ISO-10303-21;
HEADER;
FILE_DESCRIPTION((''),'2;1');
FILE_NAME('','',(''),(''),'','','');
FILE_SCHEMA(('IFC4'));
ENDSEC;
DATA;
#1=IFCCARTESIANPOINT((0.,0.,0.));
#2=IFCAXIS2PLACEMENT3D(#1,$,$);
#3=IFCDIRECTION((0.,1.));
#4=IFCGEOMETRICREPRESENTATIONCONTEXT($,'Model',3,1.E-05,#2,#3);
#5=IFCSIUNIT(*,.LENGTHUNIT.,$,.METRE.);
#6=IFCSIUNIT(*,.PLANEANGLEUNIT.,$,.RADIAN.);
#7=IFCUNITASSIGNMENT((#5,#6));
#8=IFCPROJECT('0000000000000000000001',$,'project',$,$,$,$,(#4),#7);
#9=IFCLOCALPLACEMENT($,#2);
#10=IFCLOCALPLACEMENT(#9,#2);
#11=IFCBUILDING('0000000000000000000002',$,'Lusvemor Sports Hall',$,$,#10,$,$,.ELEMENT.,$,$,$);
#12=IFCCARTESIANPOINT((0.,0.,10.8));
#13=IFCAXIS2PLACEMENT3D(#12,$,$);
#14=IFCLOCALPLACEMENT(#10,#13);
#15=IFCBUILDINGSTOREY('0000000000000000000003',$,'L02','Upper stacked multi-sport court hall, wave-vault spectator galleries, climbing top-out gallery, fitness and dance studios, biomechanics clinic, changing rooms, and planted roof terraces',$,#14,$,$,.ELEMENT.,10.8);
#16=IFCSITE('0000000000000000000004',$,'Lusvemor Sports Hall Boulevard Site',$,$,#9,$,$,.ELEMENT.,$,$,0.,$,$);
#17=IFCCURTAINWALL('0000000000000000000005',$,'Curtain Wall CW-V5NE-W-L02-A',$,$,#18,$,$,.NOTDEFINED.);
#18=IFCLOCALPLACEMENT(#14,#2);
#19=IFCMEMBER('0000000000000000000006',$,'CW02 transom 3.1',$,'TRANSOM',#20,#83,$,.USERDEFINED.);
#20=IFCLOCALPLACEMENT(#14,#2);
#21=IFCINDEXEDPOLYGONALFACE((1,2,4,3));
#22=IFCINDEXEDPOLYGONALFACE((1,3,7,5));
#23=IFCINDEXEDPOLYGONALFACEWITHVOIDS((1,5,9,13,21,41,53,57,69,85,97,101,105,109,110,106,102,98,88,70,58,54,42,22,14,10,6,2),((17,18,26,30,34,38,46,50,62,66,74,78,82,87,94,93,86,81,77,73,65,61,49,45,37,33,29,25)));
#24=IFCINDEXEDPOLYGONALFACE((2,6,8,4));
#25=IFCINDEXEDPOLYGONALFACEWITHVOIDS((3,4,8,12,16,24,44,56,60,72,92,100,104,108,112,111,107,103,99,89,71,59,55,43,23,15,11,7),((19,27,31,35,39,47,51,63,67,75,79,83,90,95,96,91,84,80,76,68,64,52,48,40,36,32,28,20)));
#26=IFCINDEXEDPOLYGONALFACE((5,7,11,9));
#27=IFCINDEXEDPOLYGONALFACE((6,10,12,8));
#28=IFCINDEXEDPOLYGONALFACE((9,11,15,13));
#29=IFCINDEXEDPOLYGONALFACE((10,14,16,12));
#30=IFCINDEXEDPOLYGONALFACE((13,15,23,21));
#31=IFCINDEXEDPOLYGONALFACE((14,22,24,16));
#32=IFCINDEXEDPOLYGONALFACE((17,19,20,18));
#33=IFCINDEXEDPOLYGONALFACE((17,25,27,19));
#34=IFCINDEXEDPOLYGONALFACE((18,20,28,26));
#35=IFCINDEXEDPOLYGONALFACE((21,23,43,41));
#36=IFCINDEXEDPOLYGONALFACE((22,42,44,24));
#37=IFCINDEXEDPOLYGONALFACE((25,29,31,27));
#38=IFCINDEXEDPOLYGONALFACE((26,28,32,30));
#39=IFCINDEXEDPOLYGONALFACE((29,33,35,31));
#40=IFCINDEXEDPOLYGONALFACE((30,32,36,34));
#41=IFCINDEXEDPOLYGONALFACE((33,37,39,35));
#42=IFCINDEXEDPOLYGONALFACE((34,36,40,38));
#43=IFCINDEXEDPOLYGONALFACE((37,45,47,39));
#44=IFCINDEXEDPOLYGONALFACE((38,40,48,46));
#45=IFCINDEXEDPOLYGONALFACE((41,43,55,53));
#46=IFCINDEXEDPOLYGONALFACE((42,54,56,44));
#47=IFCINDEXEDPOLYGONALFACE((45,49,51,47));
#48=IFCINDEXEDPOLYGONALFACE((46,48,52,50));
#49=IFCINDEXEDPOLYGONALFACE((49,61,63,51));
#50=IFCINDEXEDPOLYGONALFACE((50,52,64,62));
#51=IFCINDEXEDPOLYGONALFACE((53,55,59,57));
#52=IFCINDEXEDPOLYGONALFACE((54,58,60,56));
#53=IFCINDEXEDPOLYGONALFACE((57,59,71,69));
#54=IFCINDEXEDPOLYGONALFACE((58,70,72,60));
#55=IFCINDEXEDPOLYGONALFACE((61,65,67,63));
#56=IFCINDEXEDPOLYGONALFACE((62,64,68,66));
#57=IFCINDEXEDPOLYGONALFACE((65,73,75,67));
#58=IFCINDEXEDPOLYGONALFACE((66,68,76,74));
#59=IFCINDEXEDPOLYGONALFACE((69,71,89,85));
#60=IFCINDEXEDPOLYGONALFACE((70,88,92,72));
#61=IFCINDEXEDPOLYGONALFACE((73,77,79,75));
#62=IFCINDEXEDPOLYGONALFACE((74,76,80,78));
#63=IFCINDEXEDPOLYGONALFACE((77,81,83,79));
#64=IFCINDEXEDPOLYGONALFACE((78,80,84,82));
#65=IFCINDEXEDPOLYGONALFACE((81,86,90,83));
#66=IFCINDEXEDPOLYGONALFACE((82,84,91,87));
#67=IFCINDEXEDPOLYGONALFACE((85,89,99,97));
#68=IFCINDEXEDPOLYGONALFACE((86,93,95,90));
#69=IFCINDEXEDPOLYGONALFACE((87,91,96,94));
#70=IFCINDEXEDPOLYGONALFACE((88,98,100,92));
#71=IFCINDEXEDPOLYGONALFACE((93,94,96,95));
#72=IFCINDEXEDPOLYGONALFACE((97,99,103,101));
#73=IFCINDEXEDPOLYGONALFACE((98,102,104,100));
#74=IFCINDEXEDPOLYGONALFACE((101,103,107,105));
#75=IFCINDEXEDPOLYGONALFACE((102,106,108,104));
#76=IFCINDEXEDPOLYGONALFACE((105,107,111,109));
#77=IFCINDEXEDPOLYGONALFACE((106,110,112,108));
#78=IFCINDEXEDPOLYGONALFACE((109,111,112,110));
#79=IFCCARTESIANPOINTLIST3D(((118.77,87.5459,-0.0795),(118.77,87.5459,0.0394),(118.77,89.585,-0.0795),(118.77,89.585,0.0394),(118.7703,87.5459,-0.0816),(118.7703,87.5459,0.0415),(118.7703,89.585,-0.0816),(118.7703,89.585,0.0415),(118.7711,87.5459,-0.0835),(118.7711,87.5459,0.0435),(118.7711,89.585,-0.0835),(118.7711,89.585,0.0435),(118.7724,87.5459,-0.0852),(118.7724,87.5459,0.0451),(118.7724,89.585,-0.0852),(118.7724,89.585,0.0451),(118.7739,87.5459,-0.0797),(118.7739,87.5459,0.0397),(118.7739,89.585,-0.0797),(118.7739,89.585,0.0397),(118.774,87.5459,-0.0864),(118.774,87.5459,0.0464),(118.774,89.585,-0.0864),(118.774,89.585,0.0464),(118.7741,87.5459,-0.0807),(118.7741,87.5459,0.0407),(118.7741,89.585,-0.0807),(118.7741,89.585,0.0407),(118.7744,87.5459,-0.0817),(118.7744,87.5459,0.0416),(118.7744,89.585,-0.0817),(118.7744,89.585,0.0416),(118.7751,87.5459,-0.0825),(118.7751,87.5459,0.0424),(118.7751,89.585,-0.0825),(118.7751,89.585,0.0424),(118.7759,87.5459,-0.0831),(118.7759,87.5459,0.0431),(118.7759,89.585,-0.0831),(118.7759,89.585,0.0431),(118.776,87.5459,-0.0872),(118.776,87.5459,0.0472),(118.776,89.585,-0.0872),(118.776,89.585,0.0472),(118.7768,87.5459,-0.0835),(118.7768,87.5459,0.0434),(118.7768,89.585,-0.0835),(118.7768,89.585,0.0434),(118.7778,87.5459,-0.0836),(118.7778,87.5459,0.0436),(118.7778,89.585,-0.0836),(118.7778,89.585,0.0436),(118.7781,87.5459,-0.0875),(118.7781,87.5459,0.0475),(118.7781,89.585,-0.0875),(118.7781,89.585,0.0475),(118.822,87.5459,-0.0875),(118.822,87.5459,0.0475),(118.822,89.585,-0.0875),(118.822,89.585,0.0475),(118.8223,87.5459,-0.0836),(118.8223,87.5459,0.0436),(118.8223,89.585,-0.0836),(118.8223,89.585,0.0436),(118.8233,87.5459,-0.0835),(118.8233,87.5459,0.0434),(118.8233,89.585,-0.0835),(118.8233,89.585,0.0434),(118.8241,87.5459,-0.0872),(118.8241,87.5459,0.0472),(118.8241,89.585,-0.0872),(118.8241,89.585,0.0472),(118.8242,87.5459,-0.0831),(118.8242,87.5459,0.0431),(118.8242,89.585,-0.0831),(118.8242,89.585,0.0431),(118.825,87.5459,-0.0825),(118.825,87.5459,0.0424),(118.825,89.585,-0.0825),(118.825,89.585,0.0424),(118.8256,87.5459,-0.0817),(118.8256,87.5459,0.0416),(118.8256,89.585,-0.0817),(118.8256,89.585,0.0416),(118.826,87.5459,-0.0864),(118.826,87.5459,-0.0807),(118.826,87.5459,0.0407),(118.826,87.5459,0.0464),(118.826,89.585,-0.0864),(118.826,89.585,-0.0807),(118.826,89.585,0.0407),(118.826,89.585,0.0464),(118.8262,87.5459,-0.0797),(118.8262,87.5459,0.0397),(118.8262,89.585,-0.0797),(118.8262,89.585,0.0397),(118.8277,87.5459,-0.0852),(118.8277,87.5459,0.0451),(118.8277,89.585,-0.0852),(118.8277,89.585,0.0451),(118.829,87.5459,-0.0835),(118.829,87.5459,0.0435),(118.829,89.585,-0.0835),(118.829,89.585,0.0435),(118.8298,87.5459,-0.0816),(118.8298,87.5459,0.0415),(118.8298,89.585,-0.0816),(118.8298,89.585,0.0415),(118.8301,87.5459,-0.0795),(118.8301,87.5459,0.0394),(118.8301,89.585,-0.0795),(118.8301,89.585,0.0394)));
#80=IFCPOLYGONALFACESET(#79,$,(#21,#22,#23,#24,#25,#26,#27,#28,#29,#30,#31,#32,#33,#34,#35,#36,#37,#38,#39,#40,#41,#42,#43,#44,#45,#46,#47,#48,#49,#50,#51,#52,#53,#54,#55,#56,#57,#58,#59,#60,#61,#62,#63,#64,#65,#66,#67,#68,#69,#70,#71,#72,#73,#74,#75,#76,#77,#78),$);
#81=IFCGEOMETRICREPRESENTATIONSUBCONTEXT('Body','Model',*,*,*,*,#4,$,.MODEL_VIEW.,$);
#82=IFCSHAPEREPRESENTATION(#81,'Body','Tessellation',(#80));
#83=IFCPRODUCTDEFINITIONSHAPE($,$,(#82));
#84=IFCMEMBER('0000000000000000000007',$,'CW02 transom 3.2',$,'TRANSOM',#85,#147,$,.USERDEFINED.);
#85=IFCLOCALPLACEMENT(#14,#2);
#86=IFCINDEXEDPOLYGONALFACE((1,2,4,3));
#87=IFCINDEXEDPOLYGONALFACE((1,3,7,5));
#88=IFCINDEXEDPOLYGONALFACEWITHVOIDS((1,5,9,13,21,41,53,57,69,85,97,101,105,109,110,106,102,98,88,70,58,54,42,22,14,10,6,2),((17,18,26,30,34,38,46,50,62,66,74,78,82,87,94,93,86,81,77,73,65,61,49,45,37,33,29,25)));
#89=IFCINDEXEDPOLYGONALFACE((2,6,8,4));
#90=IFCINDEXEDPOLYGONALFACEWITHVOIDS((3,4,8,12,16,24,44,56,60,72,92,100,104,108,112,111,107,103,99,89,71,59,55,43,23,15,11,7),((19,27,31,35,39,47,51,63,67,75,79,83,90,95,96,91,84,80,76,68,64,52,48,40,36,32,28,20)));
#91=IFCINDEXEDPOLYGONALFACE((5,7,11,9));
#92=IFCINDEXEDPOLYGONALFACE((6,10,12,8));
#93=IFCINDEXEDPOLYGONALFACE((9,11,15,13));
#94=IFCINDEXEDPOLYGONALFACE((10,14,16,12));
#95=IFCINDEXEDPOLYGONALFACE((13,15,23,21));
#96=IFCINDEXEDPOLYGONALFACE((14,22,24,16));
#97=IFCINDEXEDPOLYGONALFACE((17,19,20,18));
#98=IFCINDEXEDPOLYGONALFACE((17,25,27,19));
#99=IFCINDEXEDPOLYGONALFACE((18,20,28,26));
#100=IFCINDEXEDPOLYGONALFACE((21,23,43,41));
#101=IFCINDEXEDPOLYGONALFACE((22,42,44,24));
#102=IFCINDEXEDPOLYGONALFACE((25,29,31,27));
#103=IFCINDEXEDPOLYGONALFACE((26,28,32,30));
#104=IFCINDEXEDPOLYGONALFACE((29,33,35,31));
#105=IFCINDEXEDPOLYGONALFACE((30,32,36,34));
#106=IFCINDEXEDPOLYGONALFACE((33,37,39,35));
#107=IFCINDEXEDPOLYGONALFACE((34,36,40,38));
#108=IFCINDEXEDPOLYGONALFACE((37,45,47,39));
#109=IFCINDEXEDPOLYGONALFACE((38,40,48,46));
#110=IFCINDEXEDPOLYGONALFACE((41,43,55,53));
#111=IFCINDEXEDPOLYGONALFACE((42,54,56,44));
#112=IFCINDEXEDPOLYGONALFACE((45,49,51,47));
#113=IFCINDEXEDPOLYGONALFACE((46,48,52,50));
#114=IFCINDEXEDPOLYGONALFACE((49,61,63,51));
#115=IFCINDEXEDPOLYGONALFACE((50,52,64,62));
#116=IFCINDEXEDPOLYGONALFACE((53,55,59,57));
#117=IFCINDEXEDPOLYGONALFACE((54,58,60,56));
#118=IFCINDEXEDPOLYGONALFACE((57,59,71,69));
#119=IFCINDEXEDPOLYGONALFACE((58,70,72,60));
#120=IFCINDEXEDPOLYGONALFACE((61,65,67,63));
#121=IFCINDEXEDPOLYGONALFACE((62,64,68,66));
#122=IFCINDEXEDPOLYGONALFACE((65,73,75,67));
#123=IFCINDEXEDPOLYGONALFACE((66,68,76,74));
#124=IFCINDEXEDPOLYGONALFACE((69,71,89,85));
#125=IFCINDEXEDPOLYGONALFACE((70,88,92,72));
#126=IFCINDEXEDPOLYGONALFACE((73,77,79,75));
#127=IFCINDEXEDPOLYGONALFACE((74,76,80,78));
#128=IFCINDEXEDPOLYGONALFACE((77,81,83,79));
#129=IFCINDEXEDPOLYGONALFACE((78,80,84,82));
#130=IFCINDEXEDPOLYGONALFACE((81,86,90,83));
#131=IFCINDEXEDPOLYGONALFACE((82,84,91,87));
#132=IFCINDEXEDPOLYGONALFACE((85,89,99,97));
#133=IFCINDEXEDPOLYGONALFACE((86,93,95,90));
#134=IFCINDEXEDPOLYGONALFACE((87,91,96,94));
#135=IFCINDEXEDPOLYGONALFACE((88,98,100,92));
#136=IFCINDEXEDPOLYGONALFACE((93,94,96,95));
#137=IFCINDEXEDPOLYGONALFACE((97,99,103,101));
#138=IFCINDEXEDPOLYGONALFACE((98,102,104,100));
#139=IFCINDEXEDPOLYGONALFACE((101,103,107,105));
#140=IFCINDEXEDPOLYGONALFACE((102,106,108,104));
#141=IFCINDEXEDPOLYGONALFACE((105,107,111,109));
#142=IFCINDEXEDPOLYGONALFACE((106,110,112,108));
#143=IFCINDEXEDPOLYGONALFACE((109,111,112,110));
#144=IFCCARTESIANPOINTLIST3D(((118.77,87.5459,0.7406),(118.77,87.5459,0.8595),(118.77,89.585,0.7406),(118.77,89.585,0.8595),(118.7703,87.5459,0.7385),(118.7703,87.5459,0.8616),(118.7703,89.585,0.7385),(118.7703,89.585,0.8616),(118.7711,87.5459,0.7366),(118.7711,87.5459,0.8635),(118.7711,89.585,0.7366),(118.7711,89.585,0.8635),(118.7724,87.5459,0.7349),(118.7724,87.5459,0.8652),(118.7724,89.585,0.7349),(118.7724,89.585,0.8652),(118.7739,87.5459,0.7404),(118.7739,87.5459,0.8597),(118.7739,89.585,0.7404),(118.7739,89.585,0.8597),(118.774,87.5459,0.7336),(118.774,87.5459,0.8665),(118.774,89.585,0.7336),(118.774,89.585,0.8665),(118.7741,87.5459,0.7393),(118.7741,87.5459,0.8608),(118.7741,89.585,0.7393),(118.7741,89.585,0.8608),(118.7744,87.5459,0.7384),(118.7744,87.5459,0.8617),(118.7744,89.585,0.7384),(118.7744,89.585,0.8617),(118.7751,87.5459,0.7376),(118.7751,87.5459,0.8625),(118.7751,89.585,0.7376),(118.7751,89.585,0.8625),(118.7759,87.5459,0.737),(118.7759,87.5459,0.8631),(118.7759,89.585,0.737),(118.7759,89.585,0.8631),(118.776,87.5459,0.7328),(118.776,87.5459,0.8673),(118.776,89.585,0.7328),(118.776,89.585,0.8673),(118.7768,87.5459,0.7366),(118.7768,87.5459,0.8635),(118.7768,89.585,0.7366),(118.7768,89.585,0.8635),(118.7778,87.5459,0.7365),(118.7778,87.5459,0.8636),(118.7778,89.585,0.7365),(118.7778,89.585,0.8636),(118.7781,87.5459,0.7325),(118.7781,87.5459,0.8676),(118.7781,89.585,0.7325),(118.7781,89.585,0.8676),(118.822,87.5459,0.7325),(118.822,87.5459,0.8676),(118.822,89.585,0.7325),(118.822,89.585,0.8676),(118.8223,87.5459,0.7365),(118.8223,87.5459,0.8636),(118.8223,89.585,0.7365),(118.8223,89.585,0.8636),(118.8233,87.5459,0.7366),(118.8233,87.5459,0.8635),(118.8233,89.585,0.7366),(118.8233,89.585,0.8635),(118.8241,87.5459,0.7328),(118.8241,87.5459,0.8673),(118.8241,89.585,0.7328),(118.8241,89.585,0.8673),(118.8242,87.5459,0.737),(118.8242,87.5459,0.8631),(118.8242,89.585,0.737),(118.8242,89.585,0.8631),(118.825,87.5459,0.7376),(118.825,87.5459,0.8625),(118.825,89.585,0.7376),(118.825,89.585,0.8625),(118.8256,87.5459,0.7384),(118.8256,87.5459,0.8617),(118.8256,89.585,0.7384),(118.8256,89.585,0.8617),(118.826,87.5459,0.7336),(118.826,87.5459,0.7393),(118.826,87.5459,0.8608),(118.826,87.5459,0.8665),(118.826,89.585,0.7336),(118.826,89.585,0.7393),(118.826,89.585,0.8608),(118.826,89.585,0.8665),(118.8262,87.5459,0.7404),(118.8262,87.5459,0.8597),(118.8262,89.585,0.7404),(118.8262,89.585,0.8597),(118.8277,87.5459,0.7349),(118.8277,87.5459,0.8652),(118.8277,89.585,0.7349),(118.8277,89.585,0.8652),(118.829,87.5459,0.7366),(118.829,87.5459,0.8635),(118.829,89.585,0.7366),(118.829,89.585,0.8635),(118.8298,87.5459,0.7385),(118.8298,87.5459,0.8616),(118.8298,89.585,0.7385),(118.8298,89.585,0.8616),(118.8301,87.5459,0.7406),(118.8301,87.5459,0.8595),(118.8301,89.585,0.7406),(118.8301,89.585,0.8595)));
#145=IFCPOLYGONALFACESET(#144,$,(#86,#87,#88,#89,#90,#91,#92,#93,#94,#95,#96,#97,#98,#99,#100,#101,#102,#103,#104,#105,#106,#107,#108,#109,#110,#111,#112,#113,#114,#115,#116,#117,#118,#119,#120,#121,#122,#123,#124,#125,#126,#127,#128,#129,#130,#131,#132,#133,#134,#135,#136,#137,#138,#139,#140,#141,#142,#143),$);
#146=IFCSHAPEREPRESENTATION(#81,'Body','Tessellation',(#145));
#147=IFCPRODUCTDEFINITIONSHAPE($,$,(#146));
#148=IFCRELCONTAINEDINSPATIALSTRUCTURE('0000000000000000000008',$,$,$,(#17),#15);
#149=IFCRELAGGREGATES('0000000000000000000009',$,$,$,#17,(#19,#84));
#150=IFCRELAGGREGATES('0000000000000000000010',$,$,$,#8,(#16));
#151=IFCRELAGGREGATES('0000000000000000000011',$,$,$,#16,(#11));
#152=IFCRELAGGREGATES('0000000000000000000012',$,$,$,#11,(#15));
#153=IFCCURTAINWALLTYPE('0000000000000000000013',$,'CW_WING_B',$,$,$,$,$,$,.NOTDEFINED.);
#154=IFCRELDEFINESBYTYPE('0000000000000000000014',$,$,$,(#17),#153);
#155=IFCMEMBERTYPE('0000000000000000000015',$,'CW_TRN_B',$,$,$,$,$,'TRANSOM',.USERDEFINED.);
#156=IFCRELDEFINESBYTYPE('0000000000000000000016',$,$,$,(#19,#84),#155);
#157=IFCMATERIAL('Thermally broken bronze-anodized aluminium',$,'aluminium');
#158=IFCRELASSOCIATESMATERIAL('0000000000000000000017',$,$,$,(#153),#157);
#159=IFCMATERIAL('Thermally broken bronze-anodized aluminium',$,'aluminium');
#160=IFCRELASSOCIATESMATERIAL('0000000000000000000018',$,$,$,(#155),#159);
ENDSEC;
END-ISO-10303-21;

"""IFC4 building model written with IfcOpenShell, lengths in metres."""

from ifc_helpers import new_model, si_unit, direction, frame, origin, origin_2d, place, context, subcontext, project, spatial, hollow_rectangle, extrude, material, material_profile, profile_set, type_object, element, aggregate, save


model = new_model("IFC4")

# Units and contexts
model_context = context("Model", 3, precision=1e-05, world=origin(), true_north=direction((0.0, 1.0)))
body_context = subcontext(model_context, "Body", "Model", "MODEL_VIEW")
ifc_project = project(units=[si_unit("LENGTHUNIT", "METRE"), si_unit("PLANEANGLEUNIT", "RADIAN")], contexts=[model_context])

# Site, building, storey
site_placement = place(None, origin())
site = spatial("IfcSite", under=ifc_project, at=site_placement, Name="Lusvemor Sports Hall Boulevard Site", CompositionType="ELEMENT", RefElevation=0.0)
building_placement = place(site_placement, origin())
building = spatial("IfcBuilding", under=site, at=building_placement, Name="Lusvemor Sports Hall", CompositionType="ELEMENT")
storey_placement = place(building_placement, frame((0.0, 0.0, 10.8)))
storey = spatial("IfcBuildingStorey", under=building, at=storey_placement, Name="L02", Description="Upper stacked multi-sport court hall, wave-vault spectator galleries, climbing top-out gallery, fitness and dance studios, biomechanics clinic, changing rooms, and planted roof terraces", CompositionType="ELEMENT", Elevation=10.8)

# Curtain wall
ifc_material_1 = material(Name="Thermally broken bronze-anodized aluminium", Category="aluminium")
curtain_wall_type = type_object("IfcCurtainWallType", Name="CW_WING_B", PredefinedType="NOTDEFINED", material=ifc_material_1)
curtain_wall_1_placement = place(storey_placement, origin())
curtain_wall_1 = element("IfcCurtainWall", 1, at=curtain_wall_1_placement, inside=storey, type_object=curtain_wall_type, Name="Curtain Wall CW-V5NE-W-L02-A", PredefinedType="NOTDEFINED")

# Members
ifc_material_2 = material(Name="Thermally broken bronze-anodized aluminium", Category="aluminium")
ifc_material_profile_1 = material_profile(ifc_material_2, hollow_rectangle(XDim=0.0601, YDim=0.135, WallThickness=0.0039, InnerFilletRadius=0.0039, OuterFilletRadius=0.0081, at=origin_2d()), Name="CWTRN135x60x4")
ifc_profile_set_1 = profile_set([ifc_material_profile_1], Name="Thermally broken bronze-anodized aluminium")
member_type_1 = type_object("IfcMemberType", Name="CW_TRN_B", ElementType="TRANSOM", PredefinedType="USERDEFINED", material=ifc_profile_set_1)
member_1_placement = place(storey_placement, frame((118.8, 87.5459, -0.02), z_axis=(0.0, 1.0, 0.0), x_axis=(-1.0, 0.0, 0.0)))
member_1 = element("IfcMember", 2, at=member_1_placement, type_object=member_type_1, Name="CW02 transom 3.1", ObjectType="TRANSOM", PredefinedType="USERDEFINED", context=body_context, shape_type="SweptSolid", body=[
    extrude(hollow_rectangle(XDim=0.0601, YDim=0.135, WallThickness=0.0039, InnerFilletRadius=0.0039, OuterFilletRadius=0.0081, at=origin_2d()), origin(), (0.0, 0.0, 1.0), 2.0391),
])
member_2_placement = place(storey_placement, frame((118.8, 87.5459, 0.8), z_axis=(0.0, 1.0, 0.0), x_axis=(-1.0, 0.0, 0.0)))
member_2 = element("IfcMember", 3, at=member_2_placement, type_object=member_type_1, Name="CW02 transom 3.2", ObjectType="TRANSOM", PredefinedType="USERDEFINED", context=body_context, shape_type="SweptSolid", body=[
    extrude(hollow_rectangle(XDim=0.0601, YDim=0.135, WallThickness=0.0039, InnerFilletRadius=0.0039, OuterFilletRadius=0.0081, at=origin_2d()), origin(), (0.0, 0.0, 1.0), 2.0391),
])

aggregate(curtain_wall_1, [member_1, member_2])

save(model, "model.ifc")
